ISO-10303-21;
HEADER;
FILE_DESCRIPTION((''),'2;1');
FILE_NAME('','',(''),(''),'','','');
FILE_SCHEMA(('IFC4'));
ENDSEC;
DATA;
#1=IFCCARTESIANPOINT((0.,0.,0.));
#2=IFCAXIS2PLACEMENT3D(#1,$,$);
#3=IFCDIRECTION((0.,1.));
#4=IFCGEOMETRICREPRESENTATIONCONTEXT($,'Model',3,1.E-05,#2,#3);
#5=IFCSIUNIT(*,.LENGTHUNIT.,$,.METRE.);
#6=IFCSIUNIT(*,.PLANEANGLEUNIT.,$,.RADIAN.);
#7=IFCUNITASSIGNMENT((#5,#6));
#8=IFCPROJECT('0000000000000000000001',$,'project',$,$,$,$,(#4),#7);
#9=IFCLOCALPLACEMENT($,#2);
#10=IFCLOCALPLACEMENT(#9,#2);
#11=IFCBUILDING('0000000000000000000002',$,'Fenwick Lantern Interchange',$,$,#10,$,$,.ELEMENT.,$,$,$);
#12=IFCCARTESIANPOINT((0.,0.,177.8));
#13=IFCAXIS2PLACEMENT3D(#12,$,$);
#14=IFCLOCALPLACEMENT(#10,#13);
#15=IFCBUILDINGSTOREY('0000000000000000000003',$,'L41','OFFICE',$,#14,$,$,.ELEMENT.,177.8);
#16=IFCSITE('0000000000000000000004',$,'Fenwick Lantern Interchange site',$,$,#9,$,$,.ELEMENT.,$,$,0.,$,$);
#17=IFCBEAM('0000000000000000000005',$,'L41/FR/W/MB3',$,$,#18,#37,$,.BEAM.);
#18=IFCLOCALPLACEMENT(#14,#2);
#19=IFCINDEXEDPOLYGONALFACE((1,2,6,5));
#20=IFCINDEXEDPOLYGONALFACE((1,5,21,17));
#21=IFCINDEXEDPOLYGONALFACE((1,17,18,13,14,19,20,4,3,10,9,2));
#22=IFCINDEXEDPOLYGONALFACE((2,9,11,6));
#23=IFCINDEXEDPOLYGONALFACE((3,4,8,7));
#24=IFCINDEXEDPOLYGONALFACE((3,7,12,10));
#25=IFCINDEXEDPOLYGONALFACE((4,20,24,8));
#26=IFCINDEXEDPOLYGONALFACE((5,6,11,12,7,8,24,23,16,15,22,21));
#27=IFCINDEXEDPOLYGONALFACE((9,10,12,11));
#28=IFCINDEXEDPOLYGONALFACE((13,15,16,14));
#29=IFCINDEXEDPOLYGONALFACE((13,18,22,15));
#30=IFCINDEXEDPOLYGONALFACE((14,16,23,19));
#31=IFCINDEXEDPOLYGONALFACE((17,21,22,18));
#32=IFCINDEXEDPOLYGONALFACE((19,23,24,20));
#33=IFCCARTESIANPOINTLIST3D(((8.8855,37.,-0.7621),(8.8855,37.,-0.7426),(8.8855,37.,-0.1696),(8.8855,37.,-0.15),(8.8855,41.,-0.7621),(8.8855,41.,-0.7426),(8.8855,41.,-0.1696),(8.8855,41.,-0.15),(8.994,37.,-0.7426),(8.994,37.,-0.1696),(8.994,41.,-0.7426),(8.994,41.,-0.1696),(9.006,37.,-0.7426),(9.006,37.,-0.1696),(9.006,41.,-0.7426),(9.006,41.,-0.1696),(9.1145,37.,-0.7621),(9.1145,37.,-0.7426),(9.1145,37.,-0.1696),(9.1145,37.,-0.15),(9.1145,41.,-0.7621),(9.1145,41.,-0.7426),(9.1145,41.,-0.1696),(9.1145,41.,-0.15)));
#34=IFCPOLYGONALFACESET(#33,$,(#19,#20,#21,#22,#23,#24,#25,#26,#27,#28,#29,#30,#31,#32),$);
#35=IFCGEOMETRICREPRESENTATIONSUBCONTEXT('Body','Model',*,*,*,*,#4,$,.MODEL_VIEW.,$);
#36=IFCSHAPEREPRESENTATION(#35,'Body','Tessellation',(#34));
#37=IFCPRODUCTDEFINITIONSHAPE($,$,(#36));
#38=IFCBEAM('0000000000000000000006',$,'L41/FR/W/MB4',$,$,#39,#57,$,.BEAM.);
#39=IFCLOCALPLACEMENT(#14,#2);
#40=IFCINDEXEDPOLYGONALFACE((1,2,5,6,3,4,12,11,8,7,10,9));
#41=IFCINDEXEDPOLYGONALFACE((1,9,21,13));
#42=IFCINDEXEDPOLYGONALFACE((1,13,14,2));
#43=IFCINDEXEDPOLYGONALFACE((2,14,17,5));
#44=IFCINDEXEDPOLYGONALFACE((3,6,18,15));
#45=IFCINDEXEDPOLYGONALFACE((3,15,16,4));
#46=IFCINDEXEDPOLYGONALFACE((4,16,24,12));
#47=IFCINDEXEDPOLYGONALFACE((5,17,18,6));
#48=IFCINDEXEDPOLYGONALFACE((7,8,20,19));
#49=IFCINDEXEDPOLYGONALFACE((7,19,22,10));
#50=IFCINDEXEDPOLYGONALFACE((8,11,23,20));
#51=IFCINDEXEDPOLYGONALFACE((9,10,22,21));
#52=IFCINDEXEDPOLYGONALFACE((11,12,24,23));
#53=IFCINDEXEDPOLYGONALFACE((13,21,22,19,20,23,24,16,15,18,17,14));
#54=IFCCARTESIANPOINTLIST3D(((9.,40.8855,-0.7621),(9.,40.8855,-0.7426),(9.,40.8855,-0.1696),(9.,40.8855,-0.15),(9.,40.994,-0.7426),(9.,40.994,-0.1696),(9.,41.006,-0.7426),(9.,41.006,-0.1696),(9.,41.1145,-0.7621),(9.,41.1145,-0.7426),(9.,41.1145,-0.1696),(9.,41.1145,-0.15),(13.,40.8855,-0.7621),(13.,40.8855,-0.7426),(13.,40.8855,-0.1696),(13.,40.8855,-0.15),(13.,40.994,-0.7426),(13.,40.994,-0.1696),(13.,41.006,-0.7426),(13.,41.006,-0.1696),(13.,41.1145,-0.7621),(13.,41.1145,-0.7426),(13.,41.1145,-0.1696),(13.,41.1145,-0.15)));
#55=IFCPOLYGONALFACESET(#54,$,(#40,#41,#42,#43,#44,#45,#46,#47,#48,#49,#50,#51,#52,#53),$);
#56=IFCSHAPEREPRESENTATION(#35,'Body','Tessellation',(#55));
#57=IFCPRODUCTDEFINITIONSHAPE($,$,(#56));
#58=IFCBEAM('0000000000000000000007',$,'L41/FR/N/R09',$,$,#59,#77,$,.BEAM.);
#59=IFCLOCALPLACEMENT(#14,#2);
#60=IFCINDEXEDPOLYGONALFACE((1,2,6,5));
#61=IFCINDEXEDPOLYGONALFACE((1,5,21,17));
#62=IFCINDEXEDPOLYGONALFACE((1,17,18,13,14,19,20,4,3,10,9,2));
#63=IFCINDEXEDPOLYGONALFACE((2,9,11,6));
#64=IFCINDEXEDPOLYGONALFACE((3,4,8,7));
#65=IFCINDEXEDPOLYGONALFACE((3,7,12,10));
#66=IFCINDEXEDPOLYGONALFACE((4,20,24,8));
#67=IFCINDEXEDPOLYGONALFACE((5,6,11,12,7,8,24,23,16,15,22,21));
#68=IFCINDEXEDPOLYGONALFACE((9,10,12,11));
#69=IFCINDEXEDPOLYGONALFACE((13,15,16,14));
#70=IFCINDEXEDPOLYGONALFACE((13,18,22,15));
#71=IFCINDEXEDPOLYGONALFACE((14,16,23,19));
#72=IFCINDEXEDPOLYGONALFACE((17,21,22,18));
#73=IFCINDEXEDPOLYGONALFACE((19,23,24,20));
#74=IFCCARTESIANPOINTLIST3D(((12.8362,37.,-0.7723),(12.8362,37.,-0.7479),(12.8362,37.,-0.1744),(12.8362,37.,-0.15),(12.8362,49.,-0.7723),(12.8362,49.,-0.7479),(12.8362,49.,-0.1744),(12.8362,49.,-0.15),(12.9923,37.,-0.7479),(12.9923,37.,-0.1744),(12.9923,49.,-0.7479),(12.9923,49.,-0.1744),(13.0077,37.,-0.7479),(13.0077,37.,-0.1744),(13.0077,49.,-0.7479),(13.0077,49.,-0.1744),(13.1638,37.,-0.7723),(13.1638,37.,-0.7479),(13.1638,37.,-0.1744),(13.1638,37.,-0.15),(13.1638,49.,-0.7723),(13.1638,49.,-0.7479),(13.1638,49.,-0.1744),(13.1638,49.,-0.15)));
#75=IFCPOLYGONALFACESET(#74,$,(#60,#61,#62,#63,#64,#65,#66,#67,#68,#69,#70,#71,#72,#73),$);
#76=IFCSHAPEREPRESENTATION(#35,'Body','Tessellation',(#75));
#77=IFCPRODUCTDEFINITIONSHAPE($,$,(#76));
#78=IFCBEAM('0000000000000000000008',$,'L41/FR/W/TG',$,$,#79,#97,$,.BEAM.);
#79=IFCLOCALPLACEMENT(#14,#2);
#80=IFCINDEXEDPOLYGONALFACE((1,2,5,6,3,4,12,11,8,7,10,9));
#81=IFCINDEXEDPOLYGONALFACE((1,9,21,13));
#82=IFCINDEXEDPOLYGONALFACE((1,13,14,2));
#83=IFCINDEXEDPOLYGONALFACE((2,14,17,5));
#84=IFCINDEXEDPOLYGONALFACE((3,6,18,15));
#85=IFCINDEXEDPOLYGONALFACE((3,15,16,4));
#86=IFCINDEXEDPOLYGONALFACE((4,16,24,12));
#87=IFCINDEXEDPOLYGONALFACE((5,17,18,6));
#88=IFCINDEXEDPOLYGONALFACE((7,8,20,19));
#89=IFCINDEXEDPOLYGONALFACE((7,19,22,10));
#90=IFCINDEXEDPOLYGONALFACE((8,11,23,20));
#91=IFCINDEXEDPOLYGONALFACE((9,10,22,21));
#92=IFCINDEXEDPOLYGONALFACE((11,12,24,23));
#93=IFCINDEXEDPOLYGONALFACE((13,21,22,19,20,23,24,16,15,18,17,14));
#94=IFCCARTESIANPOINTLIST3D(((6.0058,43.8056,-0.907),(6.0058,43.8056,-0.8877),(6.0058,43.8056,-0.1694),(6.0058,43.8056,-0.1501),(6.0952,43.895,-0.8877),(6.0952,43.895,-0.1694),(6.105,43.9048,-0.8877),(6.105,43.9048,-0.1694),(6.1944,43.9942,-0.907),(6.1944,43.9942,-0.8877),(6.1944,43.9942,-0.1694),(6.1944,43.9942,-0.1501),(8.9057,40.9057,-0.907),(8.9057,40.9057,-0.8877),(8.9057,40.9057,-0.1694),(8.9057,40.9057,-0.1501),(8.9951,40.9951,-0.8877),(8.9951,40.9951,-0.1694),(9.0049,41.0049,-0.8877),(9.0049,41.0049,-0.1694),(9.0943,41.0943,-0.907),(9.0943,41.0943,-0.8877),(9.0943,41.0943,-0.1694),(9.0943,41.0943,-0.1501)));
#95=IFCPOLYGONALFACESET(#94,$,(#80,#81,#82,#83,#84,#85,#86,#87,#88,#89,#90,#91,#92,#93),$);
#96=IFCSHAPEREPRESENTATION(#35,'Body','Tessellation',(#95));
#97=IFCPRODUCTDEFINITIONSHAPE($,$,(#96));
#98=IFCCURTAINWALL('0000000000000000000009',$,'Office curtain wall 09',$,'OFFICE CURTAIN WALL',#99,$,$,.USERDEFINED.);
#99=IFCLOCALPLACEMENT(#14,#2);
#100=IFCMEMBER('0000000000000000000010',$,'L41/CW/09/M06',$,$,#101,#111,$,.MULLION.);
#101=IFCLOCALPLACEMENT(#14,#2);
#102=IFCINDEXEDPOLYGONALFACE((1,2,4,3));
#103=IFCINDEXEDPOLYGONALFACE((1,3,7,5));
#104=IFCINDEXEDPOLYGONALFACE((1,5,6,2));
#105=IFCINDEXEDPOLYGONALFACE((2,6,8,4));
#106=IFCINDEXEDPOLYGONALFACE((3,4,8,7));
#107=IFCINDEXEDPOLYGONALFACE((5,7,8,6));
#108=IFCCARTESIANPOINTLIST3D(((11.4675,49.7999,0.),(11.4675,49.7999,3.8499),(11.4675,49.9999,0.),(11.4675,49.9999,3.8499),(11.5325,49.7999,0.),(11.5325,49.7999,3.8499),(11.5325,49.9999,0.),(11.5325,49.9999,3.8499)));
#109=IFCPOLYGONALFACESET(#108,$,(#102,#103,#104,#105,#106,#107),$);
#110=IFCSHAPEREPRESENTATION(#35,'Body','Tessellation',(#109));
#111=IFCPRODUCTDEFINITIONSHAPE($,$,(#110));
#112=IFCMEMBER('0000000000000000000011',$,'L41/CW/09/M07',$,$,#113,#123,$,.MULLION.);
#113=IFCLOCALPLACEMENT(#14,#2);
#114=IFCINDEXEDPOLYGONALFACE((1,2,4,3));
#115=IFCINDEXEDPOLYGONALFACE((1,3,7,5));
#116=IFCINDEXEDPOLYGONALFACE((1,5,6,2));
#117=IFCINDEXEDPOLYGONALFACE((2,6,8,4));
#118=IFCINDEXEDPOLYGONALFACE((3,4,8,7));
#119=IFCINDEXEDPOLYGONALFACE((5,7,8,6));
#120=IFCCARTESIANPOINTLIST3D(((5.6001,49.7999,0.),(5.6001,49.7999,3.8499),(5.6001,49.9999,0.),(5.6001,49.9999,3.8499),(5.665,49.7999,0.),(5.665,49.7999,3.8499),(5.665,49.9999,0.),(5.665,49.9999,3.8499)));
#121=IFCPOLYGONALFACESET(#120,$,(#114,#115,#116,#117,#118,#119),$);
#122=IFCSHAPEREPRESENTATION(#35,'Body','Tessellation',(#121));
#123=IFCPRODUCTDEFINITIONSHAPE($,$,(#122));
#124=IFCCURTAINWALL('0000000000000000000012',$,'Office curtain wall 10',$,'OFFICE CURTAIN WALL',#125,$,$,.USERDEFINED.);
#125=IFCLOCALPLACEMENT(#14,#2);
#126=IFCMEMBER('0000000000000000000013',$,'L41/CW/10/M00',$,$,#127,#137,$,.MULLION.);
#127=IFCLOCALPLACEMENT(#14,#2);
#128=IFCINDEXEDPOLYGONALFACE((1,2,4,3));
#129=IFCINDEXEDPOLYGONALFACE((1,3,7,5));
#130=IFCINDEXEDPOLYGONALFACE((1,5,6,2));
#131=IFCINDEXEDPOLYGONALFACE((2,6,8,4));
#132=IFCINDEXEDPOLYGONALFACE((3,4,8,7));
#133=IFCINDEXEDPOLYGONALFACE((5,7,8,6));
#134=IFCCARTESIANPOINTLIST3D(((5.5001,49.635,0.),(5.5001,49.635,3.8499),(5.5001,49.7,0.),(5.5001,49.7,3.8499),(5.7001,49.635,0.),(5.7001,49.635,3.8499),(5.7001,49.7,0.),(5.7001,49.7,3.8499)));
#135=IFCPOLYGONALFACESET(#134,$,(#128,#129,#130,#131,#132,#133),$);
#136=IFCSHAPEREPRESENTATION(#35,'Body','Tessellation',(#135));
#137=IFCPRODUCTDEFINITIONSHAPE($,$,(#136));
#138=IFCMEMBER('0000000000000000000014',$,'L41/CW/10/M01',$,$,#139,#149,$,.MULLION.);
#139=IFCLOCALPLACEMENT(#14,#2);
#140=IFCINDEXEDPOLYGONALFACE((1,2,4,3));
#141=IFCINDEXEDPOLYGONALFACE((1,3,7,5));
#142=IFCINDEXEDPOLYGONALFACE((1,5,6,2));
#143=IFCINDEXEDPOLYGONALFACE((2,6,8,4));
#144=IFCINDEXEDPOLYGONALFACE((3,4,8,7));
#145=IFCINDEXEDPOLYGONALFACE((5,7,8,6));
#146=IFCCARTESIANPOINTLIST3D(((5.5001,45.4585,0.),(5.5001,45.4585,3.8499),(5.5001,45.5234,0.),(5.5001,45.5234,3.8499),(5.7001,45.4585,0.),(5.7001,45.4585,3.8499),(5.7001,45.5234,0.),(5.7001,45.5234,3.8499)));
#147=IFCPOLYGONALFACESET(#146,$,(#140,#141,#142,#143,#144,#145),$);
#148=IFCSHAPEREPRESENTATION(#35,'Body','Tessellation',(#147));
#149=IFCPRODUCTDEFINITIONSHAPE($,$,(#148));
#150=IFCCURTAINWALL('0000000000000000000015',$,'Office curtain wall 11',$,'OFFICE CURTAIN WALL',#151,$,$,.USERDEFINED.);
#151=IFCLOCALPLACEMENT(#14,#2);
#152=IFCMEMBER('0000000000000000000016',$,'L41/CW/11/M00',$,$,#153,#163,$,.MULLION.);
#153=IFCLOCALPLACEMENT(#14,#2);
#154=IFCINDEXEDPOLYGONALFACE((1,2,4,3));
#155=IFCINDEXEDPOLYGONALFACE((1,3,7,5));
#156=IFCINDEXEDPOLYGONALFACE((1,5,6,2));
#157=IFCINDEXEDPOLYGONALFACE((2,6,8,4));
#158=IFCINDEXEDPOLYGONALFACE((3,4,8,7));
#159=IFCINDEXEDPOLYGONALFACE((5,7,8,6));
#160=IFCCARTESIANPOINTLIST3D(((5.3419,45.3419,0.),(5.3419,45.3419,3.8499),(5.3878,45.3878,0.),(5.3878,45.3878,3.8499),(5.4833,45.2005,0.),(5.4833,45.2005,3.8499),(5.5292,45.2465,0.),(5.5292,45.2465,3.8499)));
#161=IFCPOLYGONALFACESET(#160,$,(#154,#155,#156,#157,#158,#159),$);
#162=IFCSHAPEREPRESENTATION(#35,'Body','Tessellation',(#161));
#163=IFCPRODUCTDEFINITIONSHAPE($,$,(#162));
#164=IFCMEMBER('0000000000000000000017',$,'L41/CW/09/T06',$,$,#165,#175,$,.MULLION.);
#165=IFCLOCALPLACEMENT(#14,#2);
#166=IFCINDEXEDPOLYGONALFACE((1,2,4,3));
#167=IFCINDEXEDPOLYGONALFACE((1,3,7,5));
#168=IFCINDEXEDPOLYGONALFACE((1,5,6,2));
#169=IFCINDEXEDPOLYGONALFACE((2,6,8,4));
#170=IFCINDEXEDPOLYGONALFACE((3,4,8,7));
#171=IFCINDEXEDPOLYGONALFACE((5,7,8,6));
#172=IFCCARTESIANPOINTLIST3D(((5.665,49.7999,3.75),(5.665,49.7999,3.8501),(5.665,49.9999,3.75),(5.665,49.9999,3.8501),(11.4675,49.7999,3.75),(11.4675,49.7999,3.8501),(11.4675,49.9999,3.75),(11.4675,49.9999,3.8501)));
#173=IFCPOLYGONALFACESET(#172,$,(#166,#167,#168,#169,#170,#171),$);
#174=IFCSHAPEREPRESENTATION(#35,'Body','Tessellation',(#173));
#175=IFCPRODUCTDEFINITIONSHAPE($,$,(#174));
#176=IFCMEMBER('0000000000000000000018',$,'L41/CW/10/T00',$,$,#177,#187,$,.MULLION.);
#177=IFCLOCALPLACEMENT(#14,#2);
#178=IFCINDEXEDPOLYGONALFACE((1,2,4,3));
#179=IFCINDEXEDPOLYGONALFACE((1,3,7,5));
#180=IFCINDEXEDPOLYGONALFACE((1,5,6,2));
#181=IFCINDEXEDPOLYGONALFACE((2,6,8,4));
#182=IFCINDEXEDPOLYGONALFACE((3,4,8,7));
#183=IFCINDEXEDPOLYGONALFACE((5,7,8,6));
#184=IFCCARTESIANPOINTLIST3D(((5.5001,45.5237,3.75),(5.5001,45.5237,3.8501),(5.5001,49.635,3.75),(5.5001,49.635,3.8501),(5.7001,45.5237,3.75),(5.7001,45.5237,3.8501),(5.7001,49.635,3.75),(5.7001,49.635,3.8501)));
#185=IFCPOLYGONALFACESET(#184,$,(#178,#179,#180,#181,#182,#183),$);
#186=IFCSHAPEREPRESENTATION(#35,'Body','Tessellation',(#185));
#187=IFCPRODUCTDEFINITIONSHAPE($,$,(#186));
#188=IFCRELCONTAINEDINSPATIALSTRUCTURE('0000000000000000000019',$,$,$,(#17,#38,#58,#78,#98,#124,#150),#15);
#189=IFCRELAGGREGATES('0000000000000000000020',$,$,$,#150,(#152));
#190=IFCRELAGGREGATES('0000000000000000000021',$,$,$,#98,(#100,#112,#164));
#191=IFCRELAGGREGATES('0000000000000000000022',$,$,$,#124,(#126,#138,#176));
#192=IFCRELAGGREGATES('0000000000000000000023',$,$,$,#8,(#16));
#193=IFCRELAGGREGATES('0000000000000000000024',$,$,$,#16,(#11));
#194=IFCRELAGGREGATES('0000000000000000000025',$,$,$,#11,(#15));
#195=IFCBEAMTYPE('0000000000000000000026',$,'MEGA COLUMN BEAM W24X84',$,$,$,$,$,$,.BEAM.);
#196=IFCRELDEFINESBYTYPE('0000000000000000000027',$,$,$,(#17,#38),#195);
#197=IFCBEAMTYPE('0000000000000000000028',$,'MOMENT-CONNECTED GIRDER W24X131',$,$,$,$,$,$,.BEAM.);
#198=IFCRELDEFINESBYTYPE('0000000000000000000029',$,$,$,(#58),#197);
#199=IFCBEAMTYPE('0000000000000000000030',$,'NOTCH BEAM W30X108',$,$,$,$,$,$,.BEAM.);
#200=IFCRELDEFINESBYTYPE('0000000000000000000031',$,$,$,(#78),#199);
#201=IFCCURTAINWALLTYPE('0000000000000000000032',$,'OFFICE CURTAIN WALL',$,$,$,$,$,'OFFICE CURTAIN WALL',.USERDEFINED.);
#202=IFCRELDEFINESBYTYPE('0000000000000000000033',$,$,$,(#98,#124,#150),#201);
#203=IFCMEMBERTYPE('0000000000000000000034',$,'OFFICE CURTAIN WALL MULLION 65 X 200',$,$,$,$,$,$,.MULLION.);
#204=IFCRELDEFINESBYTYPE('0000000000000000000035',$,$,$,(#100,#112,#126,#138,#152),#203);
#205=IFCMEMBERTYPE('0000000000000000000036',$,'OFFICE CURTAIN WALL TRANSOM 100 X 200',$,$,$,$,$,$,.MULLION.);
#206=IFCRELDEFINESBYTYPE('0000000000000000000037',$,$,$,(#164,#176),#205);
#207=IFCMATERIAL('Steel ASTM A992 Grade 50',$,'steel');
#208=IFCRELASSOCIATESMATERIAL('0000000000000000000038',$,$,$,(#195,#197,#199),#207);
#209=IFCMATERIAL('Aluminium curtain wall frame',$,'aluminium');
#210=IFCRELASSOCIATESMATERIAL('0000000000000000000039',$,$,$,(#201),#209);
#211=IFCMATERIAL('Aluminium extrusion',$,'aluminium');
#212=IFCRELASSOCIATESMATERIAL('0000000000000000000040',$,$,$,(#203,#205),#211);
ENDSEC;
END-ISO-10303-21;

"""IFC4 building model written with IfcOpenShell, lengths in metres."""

from ifc_helpers import new_model, si_unit, direction, frame, origin, origin_2d, place, context, subcontext, project, spatial, rectangle, i_section, extrude, material, material_profile, profile_set, type_object, element, aggregate, save


model = new_model("IFC4")

# Units and contexts
model_context = context("Model", 3, precision=1e-05, world=origin(), true_north=direction((0.0, 1.0)))
body_context = subcontext(model_context, "Body", "Model", "MODEL_VIEW")
ifc_project = project(units=[si_unit("LENGTHUNIT", "METRE"), si_unit("PLANEANGLEUNIT", "RADIAN")], contexts=[model_context])

# Site, building, storey
site_placement = place(None, origin())
site = spatial("IfcSite", under=ifc_project, at=site_placement, Name="Fenwick Lantern Interchange site", CompositionType="ELEMENT", RefElevation=0.0)
building_placement = place(site_placement, origin())
building = spatial("IfcBuilding", under=site, at=building_placement, Name="Fenwick Lantern Interchange", CompositionType="ELEMENT")
storey_placement = place(building_placement, frame((0.0, 0.0, 177.8)))
storey = spatial("IfcBuildingStorey", under=building, at=storey_placement, Name="L41", Description="OFFICE", CompositionType="ELEMENT", Elevation=177.8)

# Shared definitions
ifc_material_1 = material(Name="Steel ASTM A992 Grade 50", Category="steel")

# Beams
ifc_material_profile_1 = material_profile(ifc_material_1, i_section(OverallWidth=0.229, OverallDepth=0.6121, WebThickness=0.012, FlangeThickness=0.0195, at=origin_2d()), Name="W24X84")
ifc_profile_set_1 = profile_set([ifc_material_profile_1], Name="Steel ASTM A992 Grade 50")
beam_type_1 = type_object("IfcBeamType", Name="MEGA COLUMN BEAM W24X84", PredefinedType="BEAM", material=ifc_profile_set_1)
for number, where, z_axis, x_axis, name in (
    (1, (9.0, 41.0, -0.4561), (0.0, -1.0, 0.0), (1.0, 0.0, 0.0), "L41/FR/W/MB3"),
    (2, (9.0, 41.0, -0.4561), (1.0, 0.0, 0.0), (0.0, 1.0, 0.0), "L41/FR/W/MB4"),
):
    element("IfcBeam", number, at=place(storey_placement, frame(where, z_axis=z_axis, x_axis=x_axis)), inside=storey, type_object=beam_type_1, Name=name, PredefinedType="BEAM", context=body_context, shape_type="SweptSolid", body=[
        extrude(i_section(OverallWidth=0.229, OverallDepth=0.6121, WebThickness=0.012, FlangeThickness=0.0195, at=origin_2d()), origin(), (0.0, 0.0, 1.0), 4.0),
    ])
ifc_material_profile_2 = material_profile(ifc_material_1, i_section(OverallWidth=0.3276, OverallDepth=0.6223, WebThickness=0.0154, FlangeThickness=0.0244, at=origin_2d()), Name="W24X131")
ifc_profile_set_2 = profile_set([ifc_material_profile_2], Name="Steel ASTM A992 Grade 50")
beam_type_2 = type_object("IfcBeamType", Name="MOMENT-CONNECTED GIRDER W24X131", PredefinedType="BEAM", material=ifc_profile_set_2)
beam_1_placement = place(storey_placement, frame((13.0, 49.0, -0.4612), z_axis=(0.0, -1.0, 0.0), x_axis=(1.0, 0.0, 0.0)))
element("IfcBeam", 3, at=beam_1_placement, inside=storey, type_object=beam_type_2, Name="L41/FR/N/R09", PredefinedType="BEAM", context=body_context, shape_type="SweptSolid", body=[
    extrude(i_section(OverallWidth=0.3276, OverallDepth=0.6223, WebThickness=0.0154, FlangeThickness=0.0244, at=origin_2d()), origin(), (0.0, 0.0, 1.0), 12.0),
])
ifc_material_profile_3 = material_profile(ifc_material_1, i_section(OverallWidth=0.2666, OverallDepth=0.7568, WebThickness=0.0139, FlangeThickness=0.0193, at=origin_2d()), Name="W30X108")
ifc_profile_set_3 = profile_set([ifc_material_profile_3], Name="Steel ASTM A992 Grade 50")
beam_type_3 = type_object("IfcBeamType", Name="NOTCH BEAM W30X108", PredefinedType="BEAM", material=ifc_profile_set_3)
beam_2_placement = place(storey_placement, frame((9.0, 41.0, -0.5286), z_axis=(-0.707107, 0.707107, 0.0), x_axis=(-0.707107, -0.707107, 0.0)))
element("IfcBeam", 4, at=beam_2_placement, inside=storey, type_object=beam_type_3, Name="L41/FR/W/TG", PredefinedType="BEAM", context=body_context, shape_type="SweptSolid", body=[
    extrude(i_section(OverallWidth=0.2666, OverallDepth=0.7568, WebThickness=0.0139, FlangeThickness=0.0193, at=origin_2d()), origin(), (0.0, 0.0, 1.0), 4.1011),
])

# Curtain walls, members
ifc_material_2 = material(Name="Aluminium curtain wall frame", Category="aluminium")
curtain_wall_type = type_object("IfcCurtainWallType", Name="OFFICE CURTAIN WALL", ElementType="OFFICE CURTAIN WALL", PredefinedType="USERDEFINED", material=ifc_material_2)
curtain_wall_1_placement = place(storey_placement, origin())
curtain_wall_1 = element("IfcCurtainWall", 5, at=curtain_wall_1_placement, inside=storey, type_object=curtain_wall_type, Name="Office curtain wall 09", ObjectType="OFFICE CURTAIN WALL", PredefinedType="USERDEFINED")
ifc_material_3 = material(Name="Aluminium extrusion", Category="aluminium")
ifc_material_profile_4 = material_profile(ifc_material_3, rectangle(XDim=0.2, YDim=0.0649, at=origin_2d()), Name="OFFICE CURTAIN WALL MULLION 65 X 200")
ifc_profile_set_4 = profile_set([ifc_material_profile_4], Name="Aluminium extrusion")
member_type_1 = type_object("IfcMemberType", Name="OFFICE CURTAIN WALL MULLION 65 X 200", PredefinedType="MULLION", material=ifc_profile_set_4)
member_1_placement = place(storey_placement, frame((11.5, 49.8999, 0.0), z_axis=(0.0, 0.0, 1.0), x_axis=(0.0, -1.0, 0.0)))
member_1 = element("IfcMember", 6, at=member_1_placement, type_object=member_type_1, Name="L41/CW/09/M06", PredefinedType="MULLION", context=body_context, shape_type="SweptSolid", body=[
    extrude(rectangle(XDim=0.2, YDim=0.0649, at=origin_2d()), origin(), (0.0, 0.0, 1.0), 3.8499),
])
member_2_placement = place(storey_placement, frame((5.6326, 49.8999, 0.0), z_axis=(0.0, 0.0, 1.0), x_axis=(0.0, -1.0, 0.0)))
member_2 = element("IfcMember", 7, at=member_2_placement, type_object=member_type_1, Name="L41/CW/09/M07", PredefinedType="MULLION", context=body_context, shape_type="SweptSolid", body=[
    extrude(rectangle(XDim=0.2, YDim=0.0649, at=origin_2d()), origin(), (0.0, 0.0, 1.0), 3.8499),
])
curtain_wall_2_placement = place(storey_placement, origin())
curtain_wall_2 = element("IfcCurtainWall", 8, at=curtain_wall_2_placement, inside=storey, type_object=curtain_wall_type, Name="Office curtain wall 10", ObjectType="OFFICE CURTAIN WALL", PredefinedType="USERDEFINED")
member_3_placement = place(storey_placement, frame((5.6001, 49.6675, 0.0), z_axis=(0.0, 0.0, 1.0), x_axis=(1.0, 0.0, 0.0)))
member_3 = element("IfcMember", 9, at=member_3_placement, type_object=member_type_1, Name="L41/CW/10/M00", PredefinedType="MULLION", context=body_context, shape_type="SweptSolid", body=[
    extrude(rectangle(XDim=0.2, YDim=0.0649, at=origin_2d()), origin(), (0.0, 0.0, 1.0), 3.8499),
])
member_4_placement = place(storey_placement, frame((5.6001, 45.491, 0.0), z_axis=(0.0, 0.0, 1.0), x_axis=(1.0, 0.0, 0.0)))
member_4 = element("IfcMember", 10, at=member_4_placement, type_object=member_type_1, Name="L41/CW/10/M01", PredefinedType="MULLION", context=body_context, shape_type="SweptSolid", body=[
    extrude(rectangle(XDim=0.2, YDim=0.0649, at=origin_2d()), origin(), (0.0, 0.0, 1.0), 3.8499),
])

# Curtain wall, member
curtain_wall_3_placement = place(storey_placement, origin())
curtain_wall_3 = element("IfcCurtainWall", 11, at=curtain_wall_3_placement, inside=storey, type_object=curtain_wall_type, Name="Office curtain wall 11", ObjectType="OFFICE CURTAIN WALL", PredefinedType="USERDEFINED")
member_5_placement = place(storey_placement, frame((5.4355, 45.2942, 0.0), z_axis=(0.0, 0.0, 1.0), x_axis=(0.707107, -0.707107, 0.0)))
member_5 = element("IfcMember", 12, at=member_5_placement, type_object=member_type_1, Name="L41/CW/11/M00", PredefinedType="MULLION", context=body_context, shape_type="SweptSolid", body=[
    extrude(rectangle(XDim=0.2, YDim=0.0649, at=origin_2d()), origin(), (0.0, 0.0, 1.0), 3.8499),
])

# Members
ifc_material_profile_5 = material_profile(ifc_material_3, rectangle(XDim=0.2, YDim=0.1001, at=origin_2d()), Name="OFFICE CURTAIN WALL TRANSOM 100 X 200")
ifc_profile_set_5 = profile_set([ifc_material_profile_5], Name="Aluminium extrusion")
member_type_2 = type_object("IfcMemberType", Name="OFFICE CURTAIN WALL TRANSOM 100 X 200", PredefinedType="MULLION", material=ifc_profile_set_5)
member_6_placement = place(storey_placement, frame((11.4675, 49.8999, 3.8), z_axis=(-1.0, 0.0, 0.0), x_axis=(0.0, -1.0, 0.0)))
member_6 = element("IfcMember", 13, at=member_6_placement, type_object=member_type_2, Name="L41/CW/09/T06", PredefinedType="MULLION", context=body_context, shape_type="SweptSolid", body=[
    extrude(rectangle(XDim=0.2, YDim=0.1001, at=origin_2d()), origin(), (0.0, 0.0, 1.0), 5.8025),
])
member_7_placement = place(storey_placement, frame((5.6001, 49.635, 3.8), z_axis=(0.0, -1.0, 0.0), x_axis=(1.0, 0.0, 0.0)))
member_7 = element("IfcMember", 14, at=member_7_placement, type_object=member_type_2, Name="L41/CW/10/T00", PredefinedType="MULLION", context=body_context, shape_type="SweptSolid", body=[
    extrude(rectangle(XDim=0.2, YDim=0.1001, at=origin_2d()), origin(), (0.0, 0.0, 1.0), 4.1113),
])
aggregate(curtain_wall_3, [member_5])

aggregate(curtain_wall_1, [member_1, member_2, member_6])
aggregate(curtain_wall_2, [member_3, member_4, member_7])

save(model, "model.ifc")
